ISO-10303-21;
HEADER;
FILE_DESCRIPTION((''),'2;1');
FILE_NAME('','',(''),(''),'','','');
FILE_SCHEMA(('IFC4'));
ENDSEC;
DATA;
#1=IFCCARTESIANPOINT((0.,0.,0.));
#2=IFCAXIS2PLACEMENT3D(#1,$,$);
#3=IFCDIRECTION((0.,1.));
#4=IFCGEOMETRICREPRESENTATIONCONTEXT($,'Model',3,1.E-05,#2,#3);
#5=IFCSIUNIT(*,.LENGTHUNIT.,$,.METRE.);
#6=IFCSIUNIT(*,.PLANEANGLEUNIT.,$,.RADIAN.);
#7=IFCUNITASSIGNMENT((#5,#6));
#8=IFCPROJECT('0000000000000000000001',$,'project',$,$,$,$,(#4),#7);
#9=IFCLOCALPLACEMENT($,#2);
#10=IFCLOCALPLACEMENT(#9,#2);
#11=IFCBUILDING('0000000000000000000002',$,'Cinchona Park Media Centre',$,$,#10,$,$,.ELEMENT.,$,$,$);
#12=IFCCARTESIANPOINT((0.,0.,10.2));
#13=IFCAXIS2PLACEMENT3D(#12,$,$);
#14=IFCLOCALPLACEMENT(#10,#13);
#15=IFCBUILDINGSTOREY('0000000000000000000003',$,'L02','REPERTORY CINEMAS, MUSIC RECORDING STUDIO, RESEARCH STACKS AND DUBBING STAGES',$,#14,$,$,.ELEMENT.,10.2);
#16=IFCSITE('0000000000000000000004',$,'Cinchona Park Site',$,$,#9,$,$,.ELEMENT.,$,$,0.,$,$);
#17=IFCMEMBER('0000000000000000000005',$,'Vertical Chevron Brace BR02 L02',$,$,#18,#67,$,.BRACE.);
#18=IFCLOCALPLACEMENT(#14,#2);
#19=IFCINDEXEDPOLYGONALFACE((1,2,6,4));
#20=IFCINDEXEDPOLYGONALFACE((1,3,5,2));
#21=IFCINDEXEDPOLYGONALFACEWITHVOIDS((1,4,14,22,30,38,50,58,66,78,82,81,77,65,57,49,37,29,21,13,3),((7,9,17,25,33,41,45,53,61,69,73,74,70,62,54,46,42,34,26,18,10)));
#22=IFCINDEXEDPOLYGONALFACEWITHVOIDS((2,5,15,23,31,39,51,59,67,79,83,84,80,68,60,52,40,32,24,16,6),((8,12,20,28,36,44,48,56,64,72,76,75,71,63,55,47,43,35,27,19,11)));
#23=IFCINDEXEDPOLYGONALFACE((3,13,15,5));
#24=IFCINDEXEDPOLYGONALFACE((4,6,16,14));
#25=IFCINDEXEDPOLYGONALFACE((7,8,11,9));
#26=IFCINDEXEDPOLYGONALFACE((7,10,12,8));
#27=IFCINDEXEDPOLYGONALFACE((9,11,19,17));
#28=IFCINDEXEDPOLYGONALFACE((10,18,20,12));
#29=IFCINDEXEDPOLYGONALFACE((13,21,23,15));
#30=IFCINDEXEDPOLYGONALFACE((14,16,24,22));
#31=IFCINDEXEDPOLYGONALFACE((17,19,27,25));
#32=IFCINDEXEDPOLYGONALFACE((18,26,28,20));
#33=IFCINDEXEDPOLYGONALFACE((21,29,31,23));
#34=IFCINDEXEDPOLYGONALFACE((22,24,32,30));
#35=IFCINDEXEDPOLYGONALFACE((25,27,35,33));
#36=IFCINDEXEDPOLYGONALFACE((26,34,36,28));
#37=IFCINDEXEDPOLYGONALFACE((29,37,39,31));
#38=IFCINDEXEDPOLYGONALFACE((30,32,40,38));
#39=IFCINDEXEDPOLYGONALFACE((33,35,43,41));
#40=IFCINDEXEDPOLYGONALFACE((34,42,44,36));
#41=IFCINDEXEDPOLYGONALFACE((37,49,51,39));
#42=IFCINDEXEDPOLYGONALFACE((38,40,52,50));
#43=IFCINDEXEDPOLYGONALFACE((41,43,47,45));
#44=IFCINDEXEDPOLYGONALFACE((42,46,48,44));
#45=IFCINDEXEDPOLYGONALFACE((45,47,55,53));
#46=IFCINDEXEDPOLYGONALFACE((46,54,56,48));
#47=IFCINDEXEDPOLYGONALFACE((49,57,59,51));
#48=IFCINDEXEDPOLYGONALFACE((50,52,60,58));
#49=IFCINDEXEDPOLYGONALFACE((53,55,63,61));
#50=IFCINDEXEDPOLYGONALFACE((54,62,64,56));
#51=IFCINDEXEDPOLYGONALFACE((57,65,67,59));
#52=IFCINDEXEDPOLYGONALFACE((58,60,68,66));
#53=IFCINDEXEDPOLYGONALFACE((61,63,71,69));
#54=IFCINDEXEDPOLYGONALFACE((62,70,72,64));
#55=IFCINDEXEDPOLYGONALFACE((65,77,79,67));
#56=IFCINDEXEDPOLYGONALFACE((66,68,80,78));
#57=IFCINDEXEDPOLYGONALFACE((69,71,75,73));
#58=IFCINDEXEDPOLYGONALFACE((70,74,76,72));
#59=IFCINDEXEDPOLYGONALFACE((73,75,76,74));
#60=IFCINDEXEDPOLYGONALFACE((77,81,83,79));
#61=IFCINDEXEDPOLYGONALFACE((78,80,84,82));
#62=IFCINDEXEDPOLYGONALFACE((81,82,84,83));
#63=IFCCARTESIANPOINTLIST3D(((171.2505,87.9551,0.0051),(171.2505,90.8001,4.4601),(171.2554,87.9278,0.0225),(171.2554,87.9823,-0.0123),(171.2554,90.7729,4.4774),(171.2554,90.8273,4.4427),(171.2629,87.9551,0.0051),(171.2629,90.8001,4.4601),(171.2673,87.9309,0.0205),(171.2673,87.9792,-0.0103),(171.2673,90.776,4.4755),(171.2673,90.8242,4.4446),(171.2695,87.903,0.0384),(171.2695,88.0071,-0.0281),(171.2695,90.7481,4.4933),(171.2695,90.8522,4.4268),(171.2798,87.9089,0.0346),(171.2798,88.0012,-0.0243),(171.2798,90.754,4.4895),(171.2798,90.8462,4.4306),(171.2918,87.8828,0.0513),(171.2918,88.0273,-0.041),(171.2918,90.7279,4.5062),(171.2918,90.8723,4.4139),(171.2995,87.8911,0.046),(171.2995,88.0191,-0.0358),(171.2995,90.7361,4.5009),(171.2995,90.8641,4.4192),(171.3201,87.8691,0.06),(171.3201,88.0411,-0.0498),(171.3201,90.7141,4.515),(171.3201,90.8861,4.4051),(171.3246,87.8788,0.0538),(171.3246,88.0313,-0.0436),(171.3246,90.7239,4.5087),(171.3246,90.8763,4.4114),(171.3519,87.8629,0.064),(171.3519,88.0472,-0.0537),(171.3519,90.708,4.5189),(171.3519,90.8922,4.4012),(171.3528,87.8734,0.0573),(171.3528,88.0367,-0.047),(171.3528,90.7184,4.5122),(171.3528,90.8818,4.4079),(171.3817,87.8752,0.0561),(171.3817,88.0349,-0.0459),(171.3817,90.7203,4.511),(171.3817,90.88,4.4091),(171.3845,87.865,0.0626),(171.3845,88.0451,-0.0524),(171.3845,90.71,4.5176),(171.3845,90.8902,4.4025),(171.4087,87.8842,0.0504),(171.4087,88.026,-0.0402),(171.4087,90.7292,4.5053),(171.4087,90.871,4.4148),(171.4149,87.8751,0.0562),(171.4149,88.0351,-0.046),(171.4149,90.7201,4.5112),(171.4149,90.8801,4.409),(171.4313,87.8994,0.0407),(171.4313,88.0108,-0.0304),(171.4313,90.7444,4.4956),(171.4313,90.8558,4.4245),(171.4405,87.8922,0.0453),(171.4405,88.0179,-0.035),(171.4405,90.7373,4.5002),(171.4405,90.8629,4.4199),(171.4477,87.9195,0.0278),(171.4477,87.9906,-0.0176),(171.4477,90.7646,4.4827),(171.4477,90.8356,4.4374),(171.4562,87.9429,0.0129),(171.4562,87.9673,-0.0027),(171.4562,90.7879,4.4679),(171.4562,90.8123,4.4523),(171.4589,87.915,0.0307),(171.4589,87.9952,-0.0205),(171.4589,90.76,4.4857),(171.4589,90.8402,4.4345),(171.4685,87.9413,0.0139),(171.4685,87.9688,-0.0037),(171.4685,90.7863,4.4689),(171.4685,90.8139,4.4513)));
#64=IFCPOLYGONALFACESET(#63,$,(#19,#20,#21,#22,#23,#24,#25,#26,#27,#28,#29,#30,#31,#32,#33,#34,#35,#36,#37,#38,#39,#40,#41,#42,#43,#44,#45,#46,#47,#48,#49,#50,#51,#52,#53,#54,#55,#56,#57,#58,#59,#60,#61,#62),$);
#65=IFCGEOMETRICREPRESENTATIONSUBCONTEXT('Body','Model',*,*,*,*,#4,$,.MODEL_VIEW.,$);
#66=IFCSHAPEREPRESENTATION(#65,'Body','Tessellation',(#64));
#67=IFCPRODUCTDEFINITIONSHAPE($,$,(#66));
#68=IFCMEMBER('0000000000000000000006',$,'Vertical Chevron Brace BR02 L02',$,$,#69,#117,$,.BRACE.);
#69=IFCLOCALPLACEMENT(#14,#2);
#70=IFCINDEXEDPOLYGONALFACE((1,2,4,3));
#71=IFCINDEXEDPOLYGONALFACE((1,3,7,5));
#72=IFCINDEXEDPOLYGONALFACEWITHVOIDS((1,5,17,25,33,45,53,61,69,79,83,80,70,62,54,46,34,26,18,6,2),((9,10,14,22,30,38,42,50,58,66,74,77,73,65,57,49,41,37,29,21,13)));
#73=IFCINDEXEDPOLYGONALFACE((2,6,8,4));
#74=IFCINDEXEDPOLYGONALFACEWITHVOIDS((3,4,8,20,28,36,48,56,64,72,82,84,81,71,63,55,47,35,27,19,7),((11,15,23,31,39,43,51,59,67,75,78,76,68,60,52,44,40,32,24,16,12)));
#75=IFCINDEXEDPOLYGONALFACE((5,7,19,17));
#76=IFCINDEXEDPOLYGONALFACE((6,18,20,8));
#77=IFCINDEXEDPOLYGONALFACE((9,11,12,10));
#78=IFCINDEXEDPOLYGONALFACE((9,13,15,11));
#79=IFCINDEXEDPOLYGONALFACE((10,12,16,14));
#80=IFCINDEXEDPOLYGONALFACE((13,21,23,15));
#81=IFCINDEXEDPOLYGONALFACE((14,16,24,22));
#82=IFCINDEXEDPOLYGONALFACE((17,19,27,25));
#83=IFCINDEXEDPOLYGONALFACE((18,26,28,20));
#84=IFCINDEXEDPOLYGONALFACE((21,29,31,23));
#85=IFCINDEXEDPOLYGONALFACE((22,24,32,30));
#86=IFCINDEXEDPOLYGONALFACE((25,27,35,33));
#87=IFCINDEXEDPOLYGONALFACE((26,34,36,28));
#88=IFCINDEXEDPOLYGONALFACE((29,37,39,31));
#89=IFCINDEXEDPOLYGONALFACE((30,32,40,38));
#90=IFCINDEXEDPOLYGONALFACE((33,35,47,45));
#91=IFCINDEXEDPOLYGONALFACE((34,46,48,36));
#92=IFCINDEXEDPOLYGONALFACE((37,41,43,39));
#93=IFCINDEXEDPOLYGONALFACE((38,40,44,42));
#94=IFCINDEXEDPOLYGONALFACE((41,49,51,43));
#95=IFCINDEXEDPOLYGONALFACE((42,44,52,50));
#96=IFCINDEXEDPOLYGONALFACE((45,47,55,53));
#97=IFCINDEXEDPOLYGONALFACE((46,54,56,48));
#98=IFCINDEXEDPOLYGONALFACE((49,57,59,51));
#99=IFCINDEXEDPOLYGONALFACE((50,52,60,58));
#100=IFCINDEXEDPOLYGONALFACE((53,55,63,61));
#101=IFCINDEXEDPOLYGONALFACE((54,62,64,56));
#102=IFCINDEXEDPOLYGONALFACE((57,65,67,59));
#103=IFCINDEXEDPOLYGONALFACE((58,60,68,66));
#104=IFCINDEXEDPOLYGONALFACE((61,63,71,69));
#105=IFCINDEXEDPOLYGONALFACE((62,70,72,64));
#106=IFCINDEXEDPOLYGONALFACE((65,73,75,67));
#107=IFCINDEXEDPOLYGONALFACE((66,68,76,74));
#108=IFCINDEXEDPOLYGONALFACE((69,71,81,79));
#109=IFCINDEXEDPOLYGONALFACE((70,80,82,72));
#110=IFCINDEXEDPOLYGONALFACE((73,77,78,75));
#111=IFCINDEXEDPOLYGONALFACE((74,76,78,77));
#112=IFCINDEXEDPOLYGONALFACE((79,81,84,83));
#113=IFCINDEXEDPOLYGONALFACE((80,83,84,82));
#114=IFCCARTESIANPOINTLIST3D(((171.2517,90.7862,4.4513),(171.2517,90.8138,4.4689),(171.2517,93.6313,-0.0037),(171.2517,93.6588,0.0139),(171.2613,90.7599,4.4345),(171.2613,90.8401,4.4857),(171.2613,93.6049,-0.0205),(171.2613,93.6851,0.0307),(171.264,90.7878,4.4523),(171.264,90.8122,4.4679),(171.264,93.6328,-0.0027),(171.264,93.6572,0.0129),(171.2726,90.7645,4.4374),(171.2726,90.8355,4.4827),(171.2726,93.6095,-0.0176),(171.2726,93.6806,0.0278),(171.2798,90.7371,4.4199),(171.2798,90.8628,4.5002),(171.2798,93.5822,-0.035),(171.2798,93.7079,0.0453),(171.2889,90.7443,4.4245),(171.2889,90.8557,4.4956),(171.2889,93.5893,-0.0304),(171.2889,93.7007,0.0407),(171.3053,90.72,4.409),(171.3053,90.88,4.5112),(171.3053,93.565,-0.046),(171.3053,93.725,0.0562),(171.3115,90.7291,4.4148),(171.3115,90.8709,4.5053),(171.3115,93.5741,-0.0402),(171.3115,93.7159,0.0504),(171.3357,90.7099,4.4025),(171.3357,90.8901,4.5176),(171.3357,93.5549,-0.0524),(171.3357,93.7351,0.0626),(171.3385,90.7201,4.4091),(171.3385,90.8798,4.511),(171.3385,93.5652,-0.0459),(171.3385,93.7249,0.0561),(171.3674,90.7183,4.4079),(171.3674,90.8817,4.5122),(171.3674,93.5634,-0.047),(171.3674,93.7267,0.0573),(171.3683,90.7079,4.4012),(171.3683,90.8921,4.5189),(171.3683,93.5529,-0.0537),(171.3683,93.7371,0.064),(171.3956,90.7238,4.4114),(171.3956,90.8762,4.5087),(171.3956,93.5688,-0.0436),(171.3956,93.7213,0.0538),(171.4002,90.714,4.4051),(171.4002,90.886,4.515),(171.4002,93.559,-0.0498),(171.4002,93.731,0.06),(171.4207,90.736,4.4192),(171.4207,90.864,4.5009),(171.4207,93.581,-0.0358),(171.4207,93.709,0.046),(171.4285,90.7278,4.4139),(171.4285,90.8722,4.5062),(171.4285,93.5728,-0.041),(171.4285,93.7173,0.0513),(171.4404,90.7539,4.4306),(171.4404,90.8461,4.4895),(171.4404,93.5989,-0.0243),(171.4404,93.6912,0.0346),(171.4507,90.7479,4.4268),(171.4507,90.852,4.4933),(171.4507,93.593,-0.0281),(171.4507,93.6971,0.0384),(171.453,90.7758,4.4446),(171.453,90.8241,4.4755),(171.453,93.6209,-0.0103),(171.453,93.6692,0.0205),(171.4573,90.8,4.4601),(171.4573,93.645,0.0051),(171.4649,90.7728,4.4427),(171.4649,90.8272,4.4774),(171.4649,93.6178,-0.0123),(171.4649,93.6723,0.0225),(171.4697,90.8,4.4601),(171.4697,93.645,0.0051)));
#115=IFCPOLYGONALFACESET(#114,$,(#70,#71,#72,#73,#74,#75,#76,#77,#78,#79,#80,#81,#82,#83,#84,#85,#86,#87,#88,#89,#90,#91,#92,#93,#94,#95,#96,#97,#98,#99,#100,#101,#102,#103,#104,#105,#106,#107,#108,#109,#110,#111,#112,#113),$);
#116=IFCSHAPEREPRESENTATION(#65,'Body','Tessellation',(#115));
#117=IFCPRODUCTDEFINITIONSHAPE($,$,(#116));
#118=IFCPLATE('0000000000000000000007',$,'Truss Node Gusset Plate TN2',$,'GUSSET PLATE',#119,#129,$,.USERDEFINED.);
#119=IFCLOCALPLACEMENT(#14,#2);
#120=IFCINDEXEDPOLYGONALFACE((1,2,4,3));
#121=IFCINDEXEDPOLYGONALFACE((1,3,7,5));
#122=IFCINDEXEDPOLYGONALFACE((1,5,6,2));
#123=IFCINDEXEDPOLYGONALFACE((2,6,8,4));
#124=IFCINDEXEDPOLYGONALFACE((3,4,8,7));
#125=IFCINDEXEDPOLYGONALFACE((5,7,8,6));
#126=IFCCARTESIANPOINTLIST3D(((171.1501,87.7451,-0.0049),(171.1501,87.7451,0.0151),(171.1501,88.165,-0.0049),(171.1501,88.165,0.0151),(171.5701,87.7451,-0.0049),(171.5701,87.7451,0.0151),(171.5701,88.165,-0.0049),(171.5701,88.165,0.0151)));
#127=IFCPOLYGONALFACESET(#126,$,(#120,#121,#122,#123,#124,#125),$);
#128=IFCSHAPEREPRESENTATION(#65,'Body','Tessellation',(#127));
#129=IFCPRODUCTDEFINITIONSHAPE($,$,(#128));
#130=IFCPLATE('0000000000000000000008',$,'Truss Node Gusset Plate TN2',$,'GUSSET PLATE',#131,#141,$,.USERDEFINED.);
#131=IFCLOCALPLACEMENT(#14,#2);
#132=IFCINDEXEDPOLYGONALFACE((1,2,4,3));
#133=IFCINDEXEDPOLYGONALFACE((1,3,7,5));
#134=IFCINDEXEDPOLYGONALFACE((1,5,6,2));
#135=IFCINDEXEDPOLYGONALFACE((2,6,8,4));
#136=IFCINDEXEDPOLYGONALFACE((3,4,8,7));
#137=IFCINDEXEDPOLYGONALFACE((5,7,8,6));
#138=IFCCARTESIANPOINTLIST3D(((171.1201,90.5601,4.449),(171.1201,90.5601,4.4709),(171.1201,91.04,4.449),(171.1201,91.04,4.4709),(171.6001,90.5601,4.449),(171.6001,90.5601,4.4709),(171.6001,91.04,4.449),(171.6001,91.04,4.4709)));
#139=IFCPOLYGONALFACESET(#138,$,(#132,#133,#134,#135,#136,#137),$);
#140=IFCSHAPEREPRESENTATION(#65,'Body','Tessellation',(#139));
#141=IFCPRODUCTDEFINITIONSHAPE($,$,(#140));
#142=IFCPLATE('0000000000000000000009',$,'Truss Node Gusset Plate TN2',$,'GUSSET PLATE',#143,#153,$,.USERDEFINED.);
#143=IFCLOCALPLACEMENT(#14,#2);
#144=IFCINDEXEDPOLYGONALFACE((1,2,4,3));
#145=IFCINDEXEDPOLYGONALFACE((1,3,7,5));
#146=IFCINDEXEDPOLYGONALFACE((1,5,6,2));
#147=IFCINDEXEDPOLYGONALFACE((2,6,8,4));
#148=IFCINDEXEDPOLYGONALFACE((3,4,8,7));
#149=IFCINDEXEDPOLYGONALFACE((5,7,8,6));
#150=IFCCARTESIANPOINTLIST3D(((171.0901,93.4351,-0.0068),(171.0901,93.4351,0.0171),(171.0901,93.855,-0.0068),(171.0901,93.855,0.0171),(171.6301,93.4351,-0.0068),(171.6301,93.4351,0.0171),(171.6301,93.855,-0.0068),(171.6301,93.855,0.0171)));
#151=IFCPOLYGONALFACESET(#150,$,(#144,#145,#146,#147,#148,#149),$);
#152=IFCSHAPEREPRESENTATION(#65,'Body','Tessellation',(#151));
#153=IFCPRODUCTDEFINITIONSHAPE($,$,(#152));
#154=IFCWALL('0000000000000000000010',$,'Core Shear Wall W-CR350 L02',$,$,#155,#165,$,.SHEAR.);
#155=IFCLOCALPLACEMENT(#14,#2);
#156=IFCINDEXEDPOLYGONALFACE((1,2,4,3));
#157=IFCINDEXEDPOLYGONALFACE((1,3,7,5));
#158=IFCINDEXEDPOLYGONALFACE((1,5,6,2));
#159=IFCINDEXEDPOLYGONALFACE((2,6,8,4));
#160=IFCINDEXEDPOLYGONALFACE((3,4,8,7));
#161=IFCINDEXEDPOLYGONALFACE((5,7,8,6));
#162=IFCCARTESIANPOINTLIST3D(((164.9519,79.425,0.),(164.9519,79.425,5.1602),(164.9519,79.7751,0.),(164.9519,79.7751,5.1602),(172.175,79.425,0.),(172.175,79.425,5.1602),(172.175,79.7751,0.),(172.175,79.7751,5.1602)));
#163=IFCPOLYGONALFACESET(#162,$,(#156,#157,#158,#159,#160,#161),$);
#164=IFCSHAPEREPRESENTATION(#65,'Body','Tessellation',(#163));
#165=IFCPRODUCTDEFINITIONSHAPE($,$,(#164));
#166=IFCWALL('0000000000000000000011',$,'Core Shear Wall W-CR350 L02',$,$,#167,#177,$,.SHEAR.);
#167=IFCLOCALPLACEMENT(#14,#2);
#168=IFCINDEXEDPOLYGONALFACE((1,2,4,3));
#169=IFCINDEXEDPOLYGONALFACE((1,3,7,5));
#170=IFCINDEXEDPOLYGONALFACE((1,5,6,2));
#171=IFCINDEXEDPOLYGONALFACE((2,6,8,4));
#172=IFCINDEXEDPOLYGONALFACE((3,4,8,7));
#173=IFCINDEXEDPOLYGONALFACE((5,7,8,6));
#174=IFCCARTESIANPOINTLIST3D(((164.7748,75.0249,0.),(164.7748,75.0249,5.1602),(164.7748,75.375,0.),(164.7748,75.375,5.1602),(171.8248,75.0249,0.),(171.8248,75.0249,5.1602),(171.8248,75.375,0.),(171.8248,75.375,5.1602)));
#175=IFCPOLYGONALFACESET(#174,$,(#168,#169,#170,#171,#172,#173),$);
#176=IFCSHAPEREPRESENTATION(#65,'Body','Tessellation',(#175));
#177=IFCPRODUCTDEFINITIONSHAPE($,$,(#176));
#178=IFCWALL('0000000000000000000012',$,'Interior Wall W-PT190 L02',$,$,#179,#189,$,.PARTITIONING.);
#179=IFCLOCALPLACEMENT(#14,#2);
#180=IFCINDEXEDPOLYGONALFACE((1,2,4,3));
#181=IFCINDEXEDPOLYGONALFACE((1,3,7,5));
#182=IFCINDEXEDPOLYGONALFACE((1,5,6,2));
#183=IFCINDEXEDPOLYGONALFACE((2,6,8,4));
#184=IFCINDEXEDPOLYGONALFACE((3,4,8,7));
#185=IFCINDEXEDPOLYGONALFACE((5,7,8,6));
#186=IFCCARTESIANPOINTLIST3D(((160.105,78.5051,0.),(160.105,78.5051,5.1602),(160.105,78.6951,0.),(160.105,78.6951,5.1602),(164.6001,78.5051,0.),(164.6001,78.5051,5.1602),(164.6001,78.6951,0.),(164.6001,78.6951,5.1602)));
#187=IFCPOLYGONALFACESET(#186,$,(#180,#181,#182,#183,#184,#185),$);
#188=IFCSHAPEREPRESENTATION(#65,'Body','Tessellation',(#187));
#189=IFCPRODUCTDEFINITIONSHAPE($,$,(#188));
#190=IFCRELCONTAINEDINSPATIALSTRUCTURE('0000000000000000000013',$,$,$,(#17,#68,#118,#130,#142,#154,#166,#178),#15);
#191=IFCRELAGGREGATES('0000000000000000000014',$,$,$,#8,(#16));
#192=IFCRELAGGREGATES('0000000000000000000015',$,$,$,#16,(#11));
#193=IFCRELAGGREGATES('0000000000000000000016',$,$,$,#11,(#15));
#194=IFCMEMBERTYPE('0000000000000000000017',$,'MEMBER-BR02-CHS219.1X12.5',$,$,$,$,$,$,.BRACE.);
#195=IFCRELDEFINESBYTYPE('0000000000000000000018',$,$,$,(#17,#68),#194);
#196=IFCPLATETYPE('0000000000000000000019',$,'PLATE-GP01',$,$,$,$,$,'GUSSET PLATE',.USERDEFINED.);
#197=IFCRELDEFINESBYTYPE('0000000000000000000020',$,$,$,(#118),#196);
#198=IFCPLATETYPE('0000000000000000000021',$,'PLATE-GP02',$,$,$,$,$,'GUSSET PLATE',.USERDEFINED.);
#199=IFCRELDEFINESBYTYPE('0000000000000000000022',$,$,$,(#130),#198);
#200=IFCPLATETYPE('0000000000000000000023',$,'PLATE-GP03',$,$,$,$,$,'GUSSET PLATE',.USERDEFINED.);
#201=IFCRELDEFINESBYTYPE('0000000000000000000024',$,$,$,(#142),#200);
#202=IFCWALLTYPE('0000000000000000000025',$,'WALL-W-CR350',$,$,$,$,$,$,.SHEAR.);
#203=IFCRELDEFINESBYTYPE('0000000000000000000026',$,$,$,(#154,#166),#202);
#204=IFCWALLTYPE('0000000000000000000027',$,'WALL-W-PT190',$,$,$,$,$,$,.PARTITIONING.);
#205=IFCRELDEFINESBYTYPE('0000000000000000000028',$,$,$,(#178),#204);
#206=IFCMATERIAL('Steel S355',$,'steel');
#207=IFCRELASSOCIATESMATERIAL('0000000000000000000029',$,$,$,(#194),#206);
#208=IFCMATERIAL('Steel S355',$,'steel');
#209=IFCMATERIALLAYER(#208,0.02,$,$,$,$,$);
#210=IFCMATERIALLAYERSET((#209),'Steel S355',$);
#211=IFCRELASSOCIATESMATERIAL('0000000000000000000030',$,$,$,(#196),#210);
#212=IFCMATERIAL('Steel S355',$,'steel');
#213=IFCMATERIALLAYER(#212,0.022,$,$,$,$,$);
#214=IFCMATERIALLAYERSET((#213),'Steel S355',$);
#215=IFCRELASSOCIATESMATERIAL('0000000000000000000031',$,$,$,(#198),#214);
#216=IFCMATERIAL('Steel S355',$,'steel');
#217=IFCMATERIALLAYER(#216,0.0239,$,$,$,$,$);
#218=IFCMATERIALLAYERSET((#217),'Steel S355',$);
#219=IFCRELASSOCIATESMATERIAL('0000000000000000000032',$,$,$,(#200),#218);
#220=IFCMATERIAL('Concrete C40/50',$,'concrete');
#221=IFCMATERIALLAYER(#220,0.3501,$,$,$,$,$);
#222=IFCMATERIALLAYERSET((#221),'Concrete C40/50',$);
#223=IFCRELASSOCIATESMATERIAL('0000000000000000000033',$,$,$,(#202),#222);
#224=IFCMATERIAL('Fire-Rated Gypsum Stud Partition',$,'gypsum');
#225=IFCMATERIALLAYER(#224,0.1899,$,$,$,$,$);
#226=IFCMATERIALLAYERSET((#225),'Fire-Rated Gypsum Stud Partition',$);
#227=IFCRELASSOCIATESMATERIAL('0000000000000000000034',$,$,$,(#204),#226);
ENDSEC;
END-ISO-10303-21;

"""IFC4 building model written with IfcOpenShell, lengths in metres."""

from ifc_helpers import new_model, si_unit, direction, frame, frame_2d, origin, origin_2d, place, context, subcontext, project, spatial, rectangle, hollow_circle, extrude, material, layer, layer_set, material_profile, profile_set, type_object, element, save


model = new_model("IFC4")

# Units and contexts
model_context = context("Model", 3, precision=1e-05, world=origin(), true_north=direction((0.0, 1.0)))
body_context = subcontext(model_context, "Body", "Model", "MODEL_VIEW")
ifc_project = project(units=[si_unit("LENGTHUNIT", "METRE"), si_unit("PLANEANGLEUNIT", "RADIAN")], contexts=[model_context])

# Site, building, storey
site_placement = place(None, origin())
site = spatial("IfcSite", under=ifc_project, at=site_placement, Name="Cinchona Park Site", CompositionType="ELEMENT", RefElevation=0.0)
building_placement = place(site_placement, origin())
building = spatial("IfcBuilding", under=site, at=building_placement, Name="Cinchona Park Media Centre", CompositionType="ELEMENT")
storey_placement = place(building_placement, frame((0.0, 0.0, 10.2)))
storey = spatial("IfcBuildingStorey", under=building, at=storey_placement, Name="L02", Description="REPERTORY CINEMAS, MUSIC RECORDING STUDIO, RESEARCH STACKS AND DUBBING STAGES", CompositionType="ELEMENT", Elevation=10.2)

# Members
ifc_material_1 = material(Name="Steel S355", Category="steel")
ifc_material_profile_1 = material_profile(ifc_material_1, hollow_circle(Radius=0.1096, WallThickness=0.0125, at=origin_2d()), Name="219.1X12.5CHS")
ifc_profile_set_1 = profile_set([ifc_material_profile_1], Name="Steel S355")
member_type = type_object("IfcMemberType", Name="MEMBER-BR02-CHS219.1X12.5", PredefinedType="BRACE", material=ifc_profile_set_1)
for number, where, z_axis, x_axis, name in (
    (1, (171.3601, 87.9551, 0.0051), (0.0, 0.538232, 0.842797), (-1.0, 0.0, 0.0), "Vertical Chevron Brace BR02 L02"),
    (2, (171.3601, 93.645, 0.0051), (0.0, -0.538232, 0.842797), (1.0, 0.0, 0.0), "Vertical Chevron Brace BR02 L02"),
):
    element("IfcMember", number, at=place(storey_placement, frame(where, z_axis=z_axis, x_axis=x_axis)), inside=storey, type_object=member_type, Name=name, PredefinedType="BRACE", context=body_context, shape_type="SweptSolid", body=[
        extrude(hollow_circle(Radius=0.1096, WallThickness=0.0125, at=origin_2d()), origin(), (0.0, 0.0, 1.0), 5.2859),
    ])

# Plates
ifc_material_2 = material(Name="Steel S355", Category="steel")
ifc_layer_1 = layer(ifc_material_2, 0.02)
ifc_layer_set_1 = layer_set([ifc_layer_1], Name="Steel S355")
plate_type_1 = type_object("IfcPlateType", Name="PLATE-GP01", ElementType="GUSSET PLATE", PredefinedType="USERDEFINED", material=ifc_layer_set_1)
plate_1_placement = place(storey_placement, frame((171.3601, 87.9551, -0.0049), z_axis=(0.0, 0.0, 1.0), x_axis=(1.0, 0.0, 0.0)))
element("IfcPlate", 3, at=plate_1_placement, inside=storey, type_object=plate_type_1, Name="Truss Node Gusset Plate TN2", ObjectType="GUSSET PLATE", PredefinedType="USERDEFINED", context=body_context, shape_type="SweptSolid", body=[
    extrude(rectangle(XDim=0.4199, YDim=0.4199, at=origin_2d()), origin(), (0.0, 0.0, 1.0), 0.02),
])
ifc_material_3 = material(Name="Steel S355", Category="steel")
ifc_layer_2 = layer(ifc_material_3, 0.022)
ifc_layer_set_2 = layer_set([ifc_layer_2], Name="Steel S355")
plate_type_2 = type_object("IfcPlateType", Name="PLATE-GP02", ElementType="GUSSET PLATE", PredefinedType="USERDEFINED", material=ifc_layer_set_2)
plate_2_placement = place(storey_placement, frame((171.3601, 90.8, 4.449), z_axis=(0.0, 0.0, 1.0), x_axis=(1.0, 0.0, 0.0)))
element("IfcPlate", 4, at=plate_2_placement, inside=storey, type_object=plate_type_2, Name="Truss Node Gusset Plate TN2", ObjectType="GUSSET PLATE", PredefinedType="USERDEFINED", context=body_context, shape_type="SweptSolid", body=[
    extrude(rectangle(XDim=0.48, YDim=0.48, at=origin_2d()), origin(), (0.0, 0.0, 1.0), 0.022),
])
ifc_material_4 = material(Name="Steel S355", Category="steel")
ifc_layer_3 = layer(ifc_material_4, 0.0239)
ifc_layer_set_3 = layer_set([ifc_layer_3], Name="Steel S355")
plate_type_3 = type_object("IfcPlateType", Name="PLATE-GP03", ElementType="GUSSET PLATE", PredefinedType="USERDEFINED", material=ifc_layer_set_3)
plate_3_placement = place(storey_placement, frame((171.3601, 93.645, -0.0068), z_axis=(0.0, 0.0, 1.0), x_axis=(1.0, 0.0, 0.0)))
element("IfcPlate", 5, at=plate_3_placement, inside=storey, type_object=plate_type_3, Name="Truss Node Gusset Plate TN2", ObjectType="GUSSET PLATE", PredefinedType="USERDEFINED", context=body_context, shape_type="SweptSolid", body=[
    extrude(rectangle(XDim=0.54, YDim=0.4199, at=origin_2d()), origin(), (0.0, 0.0, 1.0), 0.0239),
])

# Walls
ifc_material_5 = material(Name="Concrete C40/50", Category="concrete")
ifc_layer_4 = layer(ifc_material_5, 0.3501)
ifc_layer_set_4 = layer_set([ifc_layer_4], Name="Concrete C40/50")
wall_type_1 = type_object("IfcWallType", Name="WALL-W-CR350", PredefinedType="SHEAR", material=ifc_layer_set_4)
wall_1_placement = place(storey_placement, frame((164.9519, 79.6001, 0.0), z_axis=(0.0, 0.0, 1.0), x_axis=(1.0, 0.0, 0.0)))
element("IfcWall", 6, at=wall_1_placement, inside=storey, type_object=wall_type_1, Name="Core Shear Wall W-CR350 L02", PredefinedType="SHEAR", context=body_context, shape_type="SweptSolid", body=[
    extrude(rectangle(XDim=7.2231, YDim=0.3501, at=frame_2d((3.6116, 0.0))), origin(), (0.0, 0.0, 1.0), 5.1602),
])
wall_2_placement = place(storey_placement, frame((164.7749, 75.2, 0.0), z_axis=(0.0, 0.0, 1.0), x_axis=(1.0, 0.0, 0.0)))
element("IfcWall", 7, at=wall_2_placement, inside=storey, type_object=wall_type_1, Name="Core Shear Wall W-CR350 L02", PredefinedType="SHEAR", context=body_context, shape_type="SweptSolid", body=[
    extrude(rectangle(XDim=7.05, YDim=0.3501, at=frame_2d((3.5249, 0.0))), origin(), (0.0, 0.0, 1.0), 5.1602),
])
ifc_material_6 = material(Name="Fire-Rated Gypsum Stud Partition", Category="gypsum")
ifc_layer_5 = layer(ifc_material_6, 0.1899)
ifc_layer_set_5 = layer_set([ifc_layer_5], Name="Fire-Rated Gypsum Stud Partition")
wall_type_2 = type_object("IfcWallType", Name="WALL-W-PT190", PredefinedType="PARTITIONING", material=ifc_layer_set_5)
wall_3_placement = place(storey_placement, frame((160.105, 78.6001, 0.0), z_axis=(0.0, 0.0, 1.0), x_axis=(1.0, 0.0, 0.0)))
element("IfcWall", 8, at=wall_3_placement, inside=storey, type_object=wall_type_2, Name="Interior Wall W-PT190 L02", PredefinedType="PARTITIONING", context=body_context, shape_type="SweptSolid", body=[
    extrude(rectangle(XDim=4.4951, YDim=0.1899, at=frame_2d((2.2476, 0.0))), origin(), (0.0, 0.0, 1.0), 5.1602),
])

save(model, "model.ifc")
